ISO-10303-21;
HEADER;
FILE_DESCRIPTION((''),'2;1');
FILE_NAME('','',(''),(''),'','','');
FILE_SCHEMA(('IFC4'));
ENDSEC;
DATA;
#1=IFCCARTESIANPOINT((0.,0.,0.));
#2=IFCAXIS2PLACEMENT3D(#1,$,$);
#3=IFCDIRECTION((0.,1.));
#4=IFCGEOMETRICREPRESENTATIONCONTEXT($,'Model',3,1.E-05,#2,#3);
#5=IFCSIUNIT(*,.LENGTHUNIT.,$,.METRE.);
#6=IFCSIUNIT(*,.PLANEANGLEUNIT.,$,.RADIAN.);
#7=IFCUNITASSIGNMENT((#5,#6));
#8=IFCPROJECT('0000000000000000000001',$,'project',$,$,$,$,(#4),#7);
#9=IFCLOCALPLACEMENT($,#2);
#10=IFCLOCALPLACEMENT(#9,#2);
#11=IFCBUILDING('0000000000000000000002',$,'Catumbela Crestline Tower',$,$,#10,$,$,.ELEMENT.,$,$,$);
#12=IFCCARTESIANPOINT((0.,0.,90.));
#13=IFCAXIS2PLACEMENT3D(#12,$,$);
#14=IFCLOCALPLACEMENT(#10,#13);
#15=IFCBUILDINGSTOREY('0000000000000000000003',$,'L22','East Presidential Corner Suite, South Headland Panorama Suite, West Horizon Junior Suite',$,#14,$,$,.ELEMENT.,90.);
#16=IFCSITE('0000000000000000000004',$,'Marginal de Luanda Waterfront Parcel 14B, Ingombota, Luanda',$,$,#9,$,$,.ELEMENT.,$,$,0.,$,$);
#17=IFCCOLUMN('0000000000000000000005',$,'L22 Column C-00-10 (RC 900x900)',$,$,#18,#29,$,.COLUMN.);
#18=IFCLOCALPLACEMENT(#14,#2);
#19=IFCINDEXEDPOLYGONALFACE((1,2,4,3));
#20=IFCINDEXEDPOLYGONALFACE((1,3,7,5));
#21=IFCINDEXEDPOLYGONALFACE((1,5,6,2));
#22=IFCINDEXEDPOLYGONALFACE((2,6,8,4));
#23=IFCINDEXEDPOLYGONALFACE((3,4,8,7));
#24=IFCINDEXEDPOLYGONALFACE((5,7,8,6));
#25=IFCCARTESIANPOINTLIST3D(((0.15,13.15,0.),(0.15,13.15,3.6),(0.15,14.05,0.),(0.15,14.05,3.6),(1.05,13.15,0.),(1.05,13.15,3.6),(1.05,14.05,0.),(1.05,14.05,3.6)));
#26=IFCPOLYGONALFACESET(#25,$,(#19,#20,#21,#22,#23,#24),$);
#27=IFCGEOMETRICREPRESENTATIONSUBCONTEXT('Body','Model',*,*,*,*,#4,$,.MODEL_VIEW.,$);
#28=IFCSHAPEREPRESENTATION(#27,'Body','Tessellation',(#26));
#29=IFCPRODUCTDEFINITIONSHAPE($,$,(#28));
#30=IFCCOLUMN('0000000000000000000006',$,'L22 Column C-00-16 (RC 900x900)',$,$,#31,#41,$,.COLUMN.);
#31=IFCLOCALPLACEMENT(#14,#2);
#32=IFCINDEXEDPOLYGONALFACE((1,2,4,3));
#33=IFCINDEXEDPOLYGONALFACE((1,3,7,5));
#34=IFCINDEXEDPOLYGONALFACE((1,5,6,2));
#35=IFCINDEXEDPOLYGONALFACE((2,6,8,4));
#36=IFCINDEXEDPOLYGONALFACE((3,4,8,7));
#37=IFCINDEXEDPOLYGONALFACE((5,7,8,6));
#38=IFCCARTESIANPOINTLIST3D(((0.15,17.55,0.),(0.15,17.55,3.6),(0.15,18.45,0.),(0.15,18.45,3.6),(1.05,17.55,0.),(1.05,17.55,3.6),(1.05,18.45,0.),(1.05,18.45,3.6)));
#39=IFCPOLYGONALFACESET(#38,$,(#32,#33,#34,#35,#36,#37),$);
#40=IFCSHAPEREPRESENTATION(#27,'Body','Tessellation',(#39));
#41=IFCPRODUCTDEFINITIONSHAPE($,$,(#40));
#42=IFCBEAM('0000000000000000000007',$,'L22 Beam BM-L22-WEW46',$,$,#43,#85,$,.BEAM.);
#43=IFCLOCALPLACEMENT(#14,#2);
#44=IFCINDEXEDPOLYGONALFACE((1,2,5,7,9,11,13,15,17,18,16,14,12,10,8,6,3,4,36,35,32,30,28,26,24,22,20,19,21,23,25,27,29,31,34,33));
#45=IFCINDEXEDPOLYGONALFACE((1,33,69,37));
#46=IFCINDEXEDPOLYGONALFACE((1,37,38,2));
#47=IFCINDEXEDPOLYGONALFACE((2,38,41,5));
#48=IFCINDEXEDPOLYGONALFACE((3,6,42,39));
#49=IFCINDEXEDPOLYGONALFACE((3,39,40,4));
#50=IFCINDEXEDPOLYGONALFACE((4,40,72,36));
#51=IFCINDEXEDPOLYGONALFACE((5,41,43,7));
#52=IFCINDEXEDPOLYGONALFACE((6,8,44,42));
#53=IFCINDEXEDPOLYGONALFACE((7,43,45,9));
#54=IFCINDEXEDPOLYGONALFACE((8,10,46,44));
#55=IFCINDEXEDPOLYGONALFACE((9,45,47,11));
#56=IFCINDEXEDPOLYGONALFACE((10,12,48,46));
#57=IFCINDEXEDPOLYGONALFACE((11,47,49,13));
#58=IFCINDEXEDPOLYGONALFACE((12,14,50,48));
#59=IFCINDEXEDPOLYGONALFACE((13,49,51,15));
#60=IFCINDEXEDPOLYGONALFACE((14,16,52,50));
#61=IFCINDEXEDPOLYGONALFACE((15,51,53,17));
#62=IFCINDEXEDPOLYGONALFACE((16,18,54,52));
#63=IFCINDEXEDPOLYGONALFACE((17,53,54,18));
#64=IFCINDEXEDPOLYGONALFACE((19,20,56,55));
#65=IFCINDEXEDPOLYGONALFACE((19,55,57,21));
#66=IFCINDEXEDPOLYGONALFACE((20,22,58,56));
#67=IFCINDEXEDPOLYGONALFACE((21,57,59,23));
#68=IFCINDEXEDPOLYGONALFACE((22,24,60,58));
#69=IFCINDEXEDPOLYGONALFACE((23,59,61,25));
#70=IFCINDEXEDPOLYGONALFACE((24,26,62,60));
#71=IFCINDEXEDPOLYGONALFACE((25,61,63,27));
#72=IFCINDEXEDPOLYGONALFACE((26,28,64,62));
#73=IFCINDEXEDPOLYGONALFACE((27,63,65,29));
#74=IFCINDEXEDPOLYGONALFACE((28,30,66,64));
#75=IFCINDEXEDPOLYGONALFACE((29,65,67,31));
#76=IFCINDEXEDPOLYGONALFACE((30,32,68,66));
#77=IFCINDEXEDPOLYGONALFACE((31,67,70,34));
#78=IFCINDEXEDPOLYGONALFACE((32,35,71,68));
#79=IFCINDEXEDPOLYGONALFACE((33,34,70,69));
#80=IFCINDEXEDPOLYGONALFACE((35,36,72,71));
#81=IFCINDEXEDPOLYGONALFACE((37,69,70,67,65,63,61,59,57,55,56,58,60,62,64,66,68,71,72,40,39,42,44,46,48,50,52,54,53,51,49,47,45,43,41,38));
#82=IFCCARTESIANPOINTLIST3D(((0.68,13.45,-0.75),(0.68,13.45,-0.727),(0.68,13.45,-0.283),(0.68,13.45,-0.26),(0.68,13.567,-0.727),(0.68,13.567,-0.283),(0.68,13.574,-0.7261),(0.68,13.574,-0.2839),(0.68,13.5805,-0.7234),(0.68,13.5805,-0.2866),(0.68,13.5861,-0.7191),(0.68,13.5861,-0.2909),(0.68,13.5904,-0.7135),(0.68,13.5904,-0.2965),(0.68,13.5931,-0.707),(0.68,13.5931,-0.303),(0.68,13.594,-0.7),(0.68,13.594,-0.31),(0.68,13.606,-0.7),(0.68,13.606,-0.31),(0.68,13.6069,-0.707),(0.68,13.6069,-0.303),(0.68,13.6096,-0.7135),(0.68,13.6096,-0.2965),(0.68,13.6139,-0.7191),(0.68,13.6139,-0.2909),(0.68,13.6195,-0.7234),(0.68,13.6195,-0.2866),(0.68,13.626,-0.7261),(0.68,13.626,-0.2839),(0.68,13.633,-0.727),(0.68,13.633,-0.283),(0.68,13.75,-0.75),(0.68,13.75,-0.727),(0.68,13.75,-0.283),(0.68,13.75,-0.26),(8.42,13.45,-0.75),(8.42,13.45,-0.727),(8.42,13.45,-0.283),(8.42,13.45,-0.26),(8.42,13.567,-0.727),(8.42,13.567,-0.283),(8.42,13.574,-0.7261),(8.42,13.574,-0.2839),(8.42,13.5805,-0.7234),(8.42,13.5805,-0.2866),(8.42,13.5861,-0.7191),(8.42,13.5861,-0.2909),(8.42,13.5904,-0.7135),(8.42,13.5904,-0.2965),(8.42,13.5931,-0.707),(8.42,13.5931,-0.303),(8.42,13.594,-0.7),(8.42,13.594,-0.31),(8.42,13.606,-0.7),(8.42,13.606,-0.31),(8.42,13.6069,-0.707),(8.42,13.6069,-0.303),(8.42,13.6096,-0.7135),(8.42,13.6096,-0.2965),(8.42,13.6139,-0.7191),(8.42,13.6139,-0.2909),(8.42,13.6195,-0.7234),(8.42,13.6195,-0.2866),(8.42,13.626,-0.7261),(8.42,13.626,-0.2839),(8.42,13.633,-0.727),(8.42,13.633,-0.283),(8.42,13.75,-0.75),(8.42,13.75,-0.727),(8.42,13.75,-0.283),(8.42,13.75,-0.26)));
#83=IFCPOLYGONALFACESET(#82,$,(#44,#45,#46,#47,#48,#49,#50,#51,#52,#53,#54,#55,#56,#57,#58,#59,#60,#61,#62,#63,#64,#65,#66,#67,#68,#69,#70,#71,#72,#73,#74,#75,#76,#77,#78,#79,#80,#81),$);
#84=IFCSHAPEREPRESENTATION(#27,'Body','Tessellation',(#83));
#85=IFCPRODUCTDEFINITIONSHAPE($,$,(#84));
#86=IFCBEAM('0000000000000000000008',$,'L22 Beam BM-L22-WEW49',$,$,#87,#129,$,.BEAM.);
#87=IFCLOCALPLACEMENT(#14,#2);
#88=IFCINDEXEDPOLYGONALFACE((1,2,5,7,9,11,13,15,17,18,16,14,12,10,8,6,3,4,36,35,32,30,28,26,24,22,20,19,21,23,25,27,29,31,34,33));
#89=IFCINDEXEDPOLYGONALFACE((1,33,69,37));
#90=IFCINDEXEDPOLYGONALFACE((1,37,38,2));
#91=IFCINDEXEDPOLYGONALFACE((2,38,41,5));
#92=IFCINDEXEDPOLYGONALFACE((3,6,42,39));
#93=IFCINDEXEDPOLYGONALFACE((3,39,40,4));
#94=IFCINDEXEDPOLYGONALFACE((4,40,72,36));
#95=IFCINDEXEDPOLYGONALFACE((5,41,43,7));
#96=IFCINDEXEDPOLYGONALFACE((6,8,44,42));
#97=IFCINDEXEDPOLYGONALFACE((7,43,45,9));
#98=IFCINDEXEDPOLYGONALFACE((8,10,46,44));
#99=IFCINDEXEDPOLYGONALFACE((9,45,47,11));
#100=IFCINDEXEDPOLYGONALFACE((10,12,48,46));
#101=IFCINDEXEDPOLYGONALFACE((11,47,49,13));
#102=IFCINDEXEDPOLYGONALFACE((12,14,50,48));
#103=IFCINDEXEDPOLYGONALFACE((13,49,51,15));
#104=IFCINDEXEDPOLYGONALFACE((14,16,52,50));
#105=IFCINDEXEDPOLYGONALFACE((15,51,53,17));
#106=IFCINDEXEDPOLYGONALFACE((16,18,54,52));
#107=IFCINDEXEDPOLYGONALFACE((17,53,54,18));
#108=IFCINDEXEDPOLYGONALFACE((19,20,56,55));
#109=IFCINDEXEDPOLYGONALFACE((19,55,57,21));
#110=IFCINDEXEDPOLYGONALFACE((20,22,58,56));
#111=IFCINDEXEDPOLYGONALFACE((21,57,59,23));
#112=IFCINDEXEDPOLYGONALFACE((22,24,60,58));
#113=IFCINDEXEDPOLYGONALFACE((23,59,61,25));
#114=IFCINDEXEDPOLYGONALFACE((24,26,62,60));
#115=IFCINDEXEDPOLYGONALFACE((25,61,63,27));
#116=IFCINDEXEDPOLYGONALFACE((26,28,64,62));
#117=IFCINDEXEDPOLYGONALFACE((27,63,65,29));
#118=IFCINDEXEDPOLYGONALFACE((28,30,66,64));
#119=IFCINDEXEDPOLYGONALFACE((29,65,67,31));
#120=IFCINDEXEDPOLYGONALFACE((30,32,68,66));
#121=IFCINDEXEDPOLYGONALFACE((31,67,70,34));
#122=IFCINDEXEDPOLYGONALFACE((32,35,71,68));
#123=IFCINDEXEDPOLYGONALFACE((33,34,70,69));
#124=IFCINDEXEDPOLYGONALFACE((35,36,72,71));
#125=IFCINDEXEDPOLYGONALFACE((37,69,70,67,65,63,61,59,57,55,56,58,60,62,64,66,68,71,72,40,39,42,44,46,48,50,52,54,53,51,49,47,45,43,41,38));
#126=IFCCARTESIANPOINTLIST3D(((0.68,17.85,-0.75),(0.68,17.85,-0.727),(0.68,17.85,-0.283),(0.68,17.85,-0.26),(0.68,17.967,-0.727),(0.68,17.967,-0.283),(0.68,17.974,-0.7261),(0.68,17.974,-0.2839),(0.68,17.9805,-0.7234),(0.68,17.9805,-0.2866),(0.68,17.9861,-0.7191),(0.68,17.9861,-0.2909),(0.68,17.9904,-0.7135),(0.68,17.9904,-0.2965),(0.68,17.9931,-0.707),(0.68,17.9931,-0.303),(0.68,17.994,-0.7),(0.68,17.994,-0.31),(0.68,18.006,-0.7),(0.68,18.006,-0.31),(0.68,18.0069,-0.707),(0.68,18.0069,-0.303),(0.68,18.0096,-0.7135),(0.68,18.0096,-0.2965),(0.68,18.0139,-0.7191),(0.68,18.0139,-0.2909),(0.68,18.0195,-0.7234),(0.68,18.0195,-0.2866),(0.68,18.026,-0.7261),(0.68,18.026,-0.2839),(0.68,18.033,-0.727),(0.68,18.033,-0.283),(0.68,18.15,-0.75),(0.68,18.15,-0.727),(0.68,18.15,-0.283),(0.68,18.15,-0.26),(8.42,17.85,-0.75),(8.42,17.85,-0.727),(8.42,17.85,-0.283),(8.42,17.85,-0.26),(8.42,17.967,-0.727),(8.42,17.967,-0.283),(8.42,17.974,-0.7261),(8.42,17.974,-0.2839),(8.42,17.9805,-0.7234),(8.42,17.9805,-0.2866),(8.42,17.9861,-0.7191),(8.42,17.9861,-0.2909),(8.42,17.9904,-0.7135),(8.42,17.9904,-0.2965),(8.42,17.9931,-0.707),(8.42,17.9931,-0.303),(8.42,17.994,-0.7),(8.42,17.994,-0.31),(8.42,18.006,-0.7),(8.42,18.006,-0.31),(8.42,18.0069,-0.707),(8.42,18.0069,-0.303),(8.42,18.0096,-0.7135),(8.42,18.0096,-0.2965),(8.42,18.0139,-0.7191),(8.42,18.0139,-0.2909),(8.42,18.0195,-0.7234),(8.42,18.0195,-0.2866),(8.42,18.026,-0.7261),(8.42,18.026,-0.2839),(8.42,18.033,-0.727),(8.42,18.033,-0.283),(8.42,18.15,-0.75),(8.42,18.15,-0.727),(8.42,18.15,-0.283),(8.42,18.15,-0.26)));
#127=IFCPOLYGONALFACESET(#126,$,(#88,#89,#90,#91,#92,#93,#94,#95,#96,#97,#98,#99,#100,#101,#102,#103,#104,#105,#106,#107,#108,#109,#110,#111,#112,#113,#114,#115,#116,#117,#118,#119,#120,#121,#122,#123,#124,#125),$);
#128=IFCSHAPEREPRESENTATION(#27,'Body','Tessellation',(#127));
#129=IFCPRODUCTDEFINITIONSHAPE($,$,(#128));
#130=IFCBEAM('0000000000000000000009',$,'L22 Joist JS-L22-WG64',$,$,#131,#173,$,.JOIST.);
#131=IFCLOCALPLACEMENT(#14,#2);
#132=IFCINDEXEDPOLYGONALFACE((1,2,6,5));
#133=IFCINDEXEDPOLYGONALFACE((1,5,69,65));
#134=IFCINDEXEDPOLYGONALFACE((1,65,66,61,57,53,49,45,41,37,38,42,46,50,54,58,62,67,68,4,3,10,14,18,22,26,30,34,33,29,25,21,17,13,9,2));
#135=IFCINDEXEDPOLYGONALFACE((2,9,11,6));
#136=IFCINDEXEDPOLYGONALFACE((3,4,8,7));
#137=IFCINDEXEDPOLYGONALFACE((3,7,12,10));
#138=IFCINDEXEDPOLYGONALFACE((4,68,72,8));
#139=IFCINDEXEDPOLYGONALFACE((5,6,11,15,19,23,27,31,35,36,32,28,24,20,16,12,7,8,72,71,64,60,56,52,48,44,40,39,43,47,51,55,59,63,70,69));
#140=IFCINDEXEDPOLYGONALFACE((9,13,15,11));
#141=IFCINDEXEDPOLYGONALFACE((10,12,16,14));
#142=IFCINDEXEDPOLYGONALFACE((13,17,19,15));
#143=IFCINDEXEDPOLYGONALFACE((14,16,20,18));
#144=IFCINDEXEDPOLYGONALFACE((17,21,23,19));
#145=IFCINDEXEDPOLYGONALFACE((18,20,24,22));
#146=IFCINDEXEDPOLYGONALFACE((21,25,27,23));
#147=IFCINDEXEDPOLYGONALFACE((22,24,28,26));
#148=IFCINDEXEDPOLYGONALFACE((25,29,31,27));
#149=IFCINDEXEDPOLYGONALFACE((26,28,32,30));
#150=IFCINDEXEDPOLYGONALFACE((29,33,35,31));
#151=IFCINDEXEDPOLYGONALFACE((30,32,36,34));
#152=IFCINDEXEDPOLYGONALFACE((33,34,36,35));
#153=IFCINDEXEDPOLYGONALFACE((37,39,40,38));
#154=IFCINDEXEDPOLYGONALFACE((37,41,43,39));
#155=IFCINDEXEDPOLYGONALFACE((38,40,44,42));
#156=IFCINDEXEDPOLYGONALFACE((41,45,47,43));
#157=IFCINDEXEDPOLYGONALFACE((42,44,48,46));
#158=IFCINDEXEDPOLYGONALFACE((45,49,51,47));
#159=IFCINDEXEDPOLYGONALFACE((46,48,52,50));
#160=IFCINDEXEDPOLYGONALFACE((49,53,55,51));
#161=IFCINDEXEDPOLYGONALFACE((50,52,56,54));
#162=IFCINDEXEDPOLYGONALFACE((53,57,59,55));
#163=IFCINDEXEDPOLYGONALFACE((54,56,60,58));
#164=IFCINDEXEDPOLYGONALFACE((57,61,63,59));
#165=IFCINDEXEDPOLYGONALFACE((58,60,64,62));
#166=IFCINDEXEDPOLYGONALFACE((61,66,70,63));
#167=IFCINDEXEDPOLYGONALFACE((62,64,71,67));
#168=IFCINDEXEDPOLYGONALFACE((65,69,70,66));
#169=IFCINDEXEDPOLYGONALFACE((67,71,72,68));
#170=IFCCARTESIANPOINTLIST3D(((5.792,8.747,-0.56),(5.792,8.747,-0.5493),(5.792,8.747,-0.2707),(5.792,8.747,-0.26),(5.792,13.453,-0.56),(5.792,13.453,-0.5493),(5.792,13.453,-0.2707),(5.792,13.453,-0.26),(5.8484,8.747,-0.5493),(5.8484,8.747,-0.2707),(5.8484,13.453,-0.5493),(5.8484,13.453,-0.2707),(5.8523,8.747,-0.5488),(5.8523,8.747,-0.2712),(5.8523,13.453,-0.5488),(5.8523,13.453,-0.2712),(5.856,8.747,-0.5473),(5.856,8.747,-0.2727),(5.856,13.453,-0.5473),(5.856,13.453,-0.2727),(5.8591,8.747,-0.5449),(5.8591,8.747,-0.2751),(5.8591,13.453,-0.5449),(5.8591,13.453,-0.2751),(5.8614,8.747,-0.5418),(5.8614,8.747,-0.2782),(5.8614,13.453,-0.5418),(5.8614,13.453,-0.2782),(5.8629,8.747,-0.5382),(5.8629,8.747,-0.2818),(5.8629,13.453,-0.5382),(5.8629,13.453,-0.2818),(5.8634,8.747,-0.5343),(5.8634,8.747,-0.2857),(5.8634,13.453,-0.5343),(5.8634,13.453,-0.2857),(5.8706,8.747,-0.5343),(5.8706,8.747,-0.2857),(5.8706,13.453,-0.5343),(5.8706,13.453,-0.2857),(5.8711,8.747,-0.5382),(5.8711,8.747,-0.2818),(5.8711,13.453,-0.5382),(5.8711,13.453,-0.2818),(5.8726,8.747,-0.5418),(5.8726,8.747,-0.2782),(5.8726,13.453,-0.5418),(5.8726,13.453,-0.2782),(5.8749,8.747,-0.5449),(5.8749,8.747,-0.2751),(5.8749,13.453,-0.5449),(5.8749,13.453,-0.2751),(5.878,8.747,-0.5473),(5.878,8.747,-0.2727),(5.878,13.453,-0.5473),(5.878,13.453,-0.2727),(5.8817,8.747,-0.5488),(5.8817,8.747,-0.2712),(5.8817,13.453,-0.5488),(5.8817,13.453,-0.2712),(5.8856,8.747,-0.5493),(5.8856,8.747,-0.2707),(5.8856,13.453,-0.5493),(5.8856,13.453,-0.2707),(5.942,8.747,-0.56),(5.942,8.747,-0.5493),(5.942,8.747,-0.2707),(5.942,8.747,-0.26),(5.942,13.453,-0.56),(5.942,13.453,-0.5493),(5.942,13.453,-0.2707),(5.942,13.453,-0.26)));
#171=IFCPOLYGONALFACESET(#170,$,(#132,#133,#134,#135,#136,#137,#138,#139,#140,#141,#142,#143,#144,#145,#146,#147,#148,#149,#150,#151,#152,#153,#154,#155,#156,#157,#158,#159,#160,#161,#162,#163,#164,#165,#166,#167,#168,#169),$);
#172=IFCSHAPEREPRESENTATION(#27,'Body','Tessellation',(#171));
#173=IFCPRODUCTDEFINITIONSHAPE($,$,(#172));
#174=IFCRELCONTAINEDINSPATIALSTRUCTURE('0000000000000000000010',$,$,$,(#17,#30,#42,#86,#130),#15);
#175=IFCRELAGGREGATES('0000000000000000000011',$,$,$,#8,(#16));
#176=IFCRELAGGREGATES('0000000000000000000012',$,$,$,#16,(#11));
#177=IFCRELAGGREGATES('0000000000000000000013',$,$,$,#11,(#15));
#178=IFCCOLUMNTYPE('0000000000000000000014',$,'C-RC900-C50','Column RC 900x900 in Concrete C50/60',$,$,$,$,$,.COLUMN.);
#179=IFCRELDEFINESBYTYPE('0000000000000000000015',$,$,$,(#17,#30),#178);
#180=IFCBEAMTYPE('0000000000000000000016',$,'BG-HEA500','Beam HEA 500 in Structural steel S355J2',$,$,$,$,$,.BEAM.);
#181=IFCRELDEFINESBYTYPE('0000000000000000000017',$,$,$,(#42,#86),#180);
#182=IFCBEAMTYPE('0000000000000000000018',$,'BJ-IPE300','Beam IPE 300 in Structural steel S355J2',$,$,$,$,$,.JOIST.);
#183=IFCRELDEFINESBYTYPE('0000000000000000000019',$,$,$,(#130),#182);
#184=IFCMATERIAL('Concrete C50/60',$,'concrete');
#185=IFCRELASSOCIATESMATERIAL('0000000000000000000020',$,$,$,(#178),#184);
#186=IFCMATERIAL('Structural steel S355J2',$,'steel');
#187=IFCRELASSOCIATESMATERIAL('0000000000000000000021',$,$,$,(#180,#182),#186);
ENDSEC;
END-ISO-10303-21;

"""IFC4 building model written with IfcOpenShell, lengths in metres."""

from ifc_helpers import new_model, si_unit, direction, frame, origin, origin_2d, place, context, subcontext, project, spatial, rectangle, i_section, extrude, material, material_profile, profile_set, type_object, element, save


model = new_model("IFC4")

# Units and contexts
model_context = context("Model", 3, precision=1e-05, world=origin(), true_north=direction((0.0, 1.0)))
body_context = subcontext(model_context, "Body", "Model", "MODEL_VIEW")
ifc_project = project(units=[si_unit("LENGTHUNIT", "METRE"), si_unit("PLANEANGLEUNIT", "RADIAN")], contexts=[model_context])

# Site, building, storey
site_placement = place(None, origin())
site = spatial("IfcSite", under=ifc_project, at=site_placement, Name="Marginal de Luanda Waterfront Parcel 14B, Ingombota, Luanda", CompositionType="ELEMENT", RefElevation=0.0)
building_placement = place(site_placement, origin())
building = spatial("IfcBuilding", under=site, at=building_placement, Name="Catumbela Crestline Tower", CompositionType="ELEMENT")
storey_placement = place(building_placement, frame((0.0, 0.0, 90.0)))
storey = spatial("IfcBuildingStorey", under=building, at=storey_placement, Name="L22", Description="East Presidential Corner Suite, South Headland Panorama Suite, West Horizon Junior Suite", CompositionType="ELEMENT", Elevation=90.0)

# Columns
ifc_material_1 = material(Name="Concrete C50/60", Category="concrete")
ifc_material_profile_1 = material_profile(ifc_material_1, rectangle(XDim=0.9, YDim=0.9, at=origin_2d()), Name="RC 900x900")
ifc_profile_set_1 = profile_set([ifc_material_profile_1], Name="Concrete C50/60")
column_type = type_object("IfcColumnType", Name="C-RC900-C50", Description="Column RC 900x900 in Concrete C50/60", PredefinedType="COLUMN", material=ifc_profile_set_1)
for number, where, z_axis, x_axis, name in (
    (1, (0.6, 13.6, 0.0), (0.0, 0.0, 1.0), (1.0, 0.0, 0.0), "L22 Column C-00-10 (RC 900x900)"),
    (2, (0.6, 18.0, 0.0), (0.0, 0.0, 1.0), (1.0, 0.0, 0.0), "L22 Column C-00-16 (RC 900x900)"),
):
    element("IfcColumn", number, at=place(storey_placement, frame(where, z_axis=z_axis, x_axis=x_axis)), inside=storey, type_object=column_type, Name=name, PredefinedType="COLUMN", context=body_context, shape_type="SweptSolid", body=[
        extrude(rectangle(XDim=0.9, YDim=0.9, at=origin_2d()), origin(), (0.0, 0.0, 1.0), 3.6),
    ])

# Beams
ifc_material_2 = material(Name="Structural steel S355J2", Category="steel")
ifc_material_profile_2 = material_profile(ifc_material_2, i_section(OverallWidth=0.3, OverallDepth=0.49, WebThickness=0.012, FlangeThickness=0.023, FilletRadius=0.027, at=origin_2d()), Name="HEA 500")
ifc_profile_set_2 = profile_set([ifc_material_profile_2], Name="Structural steel S355J2")
beam_type_1 = type_object("IfcBeamType", Name="BG-HEA500", Description="Beam HEA 500 in Structural steel S355J2", PredefinedType="BEAM", material=ifc_profile_set_2)
for number, where, z_axis, x_axis, name in (
    (3, (0.68, 13.6, -0.505), (1.0, 0.0, 0.0), (0.0, 1.0, 0.0), "L22 Beam BM-L22-WEW46"),
    (4, (0.68, 18.0, -0.505), (1.0, 0.0, 0.0), (0.0, 1.0, 0.0), "L22 Beam BM-L22-WEW49"),
):
    element("IfcBeam", number, at=place(storey_placement, frame(where, z_axis=z_axis, x_axis=x_axis)), inside=storey, type_object=beam_type_1, Name=name, PredefinedType="BEAM", context=body_context, shape_type="SweptSolid", body=[
        extrude(i_section(OverallWidth=0.3, OverallDepth=0.49, WebThickness=0.012, FlangeThickness=0.023, FilletRadius=0.027, at=origin_2d()), origin(), (0.0, 0.0, 1.0), 7.74),
    ])
ifc_material_profile_3 = material_profile(ifc_material_2, i_section(OverallWidth=0.15, OverallDepth=0.3, WebThickness=0.0071, FlangeThickness=0.0107, FilletRadius=0.015, at=origin_2d()), Name="IPE 300")
ifc_profile_set_3 = profile_set([ifc_material_profile_3], Name="Structural steel S355J2")
beam_type_2 = type_object("IfcBeamType", Name="BJ-IPE300", Description="Beam IPE 300 in Structural steel S355J2", PredefinedType="JOIST", material=ifc_profile_set_3)
beam_1_placement = place(storey_placement, frame((5.867, 8.747, -0.41), z_axis=(0.0, 1.0, 0.0), x_axis=(-1.0, 0.0, 0.0)))
element("IfcBeam", 5, at=beam_1_placement, inside=storey, type_object=beam_type_2, Name="L22 Joist JS-L22-WG64", PredefinedType="JOIST", context=body_context, shape_type="SweptSolid", body=[
    extrude(i_section(OverallWidth=0.15, OverallDepth=0.3, WebThickness=0.0071, FlangeThickness=0.0107, FilletRadius=0.015, at=origin_2d()), origin(), (0.0, 0.0, 1.0), 4.706),
])

save(model, "model.ifc")
